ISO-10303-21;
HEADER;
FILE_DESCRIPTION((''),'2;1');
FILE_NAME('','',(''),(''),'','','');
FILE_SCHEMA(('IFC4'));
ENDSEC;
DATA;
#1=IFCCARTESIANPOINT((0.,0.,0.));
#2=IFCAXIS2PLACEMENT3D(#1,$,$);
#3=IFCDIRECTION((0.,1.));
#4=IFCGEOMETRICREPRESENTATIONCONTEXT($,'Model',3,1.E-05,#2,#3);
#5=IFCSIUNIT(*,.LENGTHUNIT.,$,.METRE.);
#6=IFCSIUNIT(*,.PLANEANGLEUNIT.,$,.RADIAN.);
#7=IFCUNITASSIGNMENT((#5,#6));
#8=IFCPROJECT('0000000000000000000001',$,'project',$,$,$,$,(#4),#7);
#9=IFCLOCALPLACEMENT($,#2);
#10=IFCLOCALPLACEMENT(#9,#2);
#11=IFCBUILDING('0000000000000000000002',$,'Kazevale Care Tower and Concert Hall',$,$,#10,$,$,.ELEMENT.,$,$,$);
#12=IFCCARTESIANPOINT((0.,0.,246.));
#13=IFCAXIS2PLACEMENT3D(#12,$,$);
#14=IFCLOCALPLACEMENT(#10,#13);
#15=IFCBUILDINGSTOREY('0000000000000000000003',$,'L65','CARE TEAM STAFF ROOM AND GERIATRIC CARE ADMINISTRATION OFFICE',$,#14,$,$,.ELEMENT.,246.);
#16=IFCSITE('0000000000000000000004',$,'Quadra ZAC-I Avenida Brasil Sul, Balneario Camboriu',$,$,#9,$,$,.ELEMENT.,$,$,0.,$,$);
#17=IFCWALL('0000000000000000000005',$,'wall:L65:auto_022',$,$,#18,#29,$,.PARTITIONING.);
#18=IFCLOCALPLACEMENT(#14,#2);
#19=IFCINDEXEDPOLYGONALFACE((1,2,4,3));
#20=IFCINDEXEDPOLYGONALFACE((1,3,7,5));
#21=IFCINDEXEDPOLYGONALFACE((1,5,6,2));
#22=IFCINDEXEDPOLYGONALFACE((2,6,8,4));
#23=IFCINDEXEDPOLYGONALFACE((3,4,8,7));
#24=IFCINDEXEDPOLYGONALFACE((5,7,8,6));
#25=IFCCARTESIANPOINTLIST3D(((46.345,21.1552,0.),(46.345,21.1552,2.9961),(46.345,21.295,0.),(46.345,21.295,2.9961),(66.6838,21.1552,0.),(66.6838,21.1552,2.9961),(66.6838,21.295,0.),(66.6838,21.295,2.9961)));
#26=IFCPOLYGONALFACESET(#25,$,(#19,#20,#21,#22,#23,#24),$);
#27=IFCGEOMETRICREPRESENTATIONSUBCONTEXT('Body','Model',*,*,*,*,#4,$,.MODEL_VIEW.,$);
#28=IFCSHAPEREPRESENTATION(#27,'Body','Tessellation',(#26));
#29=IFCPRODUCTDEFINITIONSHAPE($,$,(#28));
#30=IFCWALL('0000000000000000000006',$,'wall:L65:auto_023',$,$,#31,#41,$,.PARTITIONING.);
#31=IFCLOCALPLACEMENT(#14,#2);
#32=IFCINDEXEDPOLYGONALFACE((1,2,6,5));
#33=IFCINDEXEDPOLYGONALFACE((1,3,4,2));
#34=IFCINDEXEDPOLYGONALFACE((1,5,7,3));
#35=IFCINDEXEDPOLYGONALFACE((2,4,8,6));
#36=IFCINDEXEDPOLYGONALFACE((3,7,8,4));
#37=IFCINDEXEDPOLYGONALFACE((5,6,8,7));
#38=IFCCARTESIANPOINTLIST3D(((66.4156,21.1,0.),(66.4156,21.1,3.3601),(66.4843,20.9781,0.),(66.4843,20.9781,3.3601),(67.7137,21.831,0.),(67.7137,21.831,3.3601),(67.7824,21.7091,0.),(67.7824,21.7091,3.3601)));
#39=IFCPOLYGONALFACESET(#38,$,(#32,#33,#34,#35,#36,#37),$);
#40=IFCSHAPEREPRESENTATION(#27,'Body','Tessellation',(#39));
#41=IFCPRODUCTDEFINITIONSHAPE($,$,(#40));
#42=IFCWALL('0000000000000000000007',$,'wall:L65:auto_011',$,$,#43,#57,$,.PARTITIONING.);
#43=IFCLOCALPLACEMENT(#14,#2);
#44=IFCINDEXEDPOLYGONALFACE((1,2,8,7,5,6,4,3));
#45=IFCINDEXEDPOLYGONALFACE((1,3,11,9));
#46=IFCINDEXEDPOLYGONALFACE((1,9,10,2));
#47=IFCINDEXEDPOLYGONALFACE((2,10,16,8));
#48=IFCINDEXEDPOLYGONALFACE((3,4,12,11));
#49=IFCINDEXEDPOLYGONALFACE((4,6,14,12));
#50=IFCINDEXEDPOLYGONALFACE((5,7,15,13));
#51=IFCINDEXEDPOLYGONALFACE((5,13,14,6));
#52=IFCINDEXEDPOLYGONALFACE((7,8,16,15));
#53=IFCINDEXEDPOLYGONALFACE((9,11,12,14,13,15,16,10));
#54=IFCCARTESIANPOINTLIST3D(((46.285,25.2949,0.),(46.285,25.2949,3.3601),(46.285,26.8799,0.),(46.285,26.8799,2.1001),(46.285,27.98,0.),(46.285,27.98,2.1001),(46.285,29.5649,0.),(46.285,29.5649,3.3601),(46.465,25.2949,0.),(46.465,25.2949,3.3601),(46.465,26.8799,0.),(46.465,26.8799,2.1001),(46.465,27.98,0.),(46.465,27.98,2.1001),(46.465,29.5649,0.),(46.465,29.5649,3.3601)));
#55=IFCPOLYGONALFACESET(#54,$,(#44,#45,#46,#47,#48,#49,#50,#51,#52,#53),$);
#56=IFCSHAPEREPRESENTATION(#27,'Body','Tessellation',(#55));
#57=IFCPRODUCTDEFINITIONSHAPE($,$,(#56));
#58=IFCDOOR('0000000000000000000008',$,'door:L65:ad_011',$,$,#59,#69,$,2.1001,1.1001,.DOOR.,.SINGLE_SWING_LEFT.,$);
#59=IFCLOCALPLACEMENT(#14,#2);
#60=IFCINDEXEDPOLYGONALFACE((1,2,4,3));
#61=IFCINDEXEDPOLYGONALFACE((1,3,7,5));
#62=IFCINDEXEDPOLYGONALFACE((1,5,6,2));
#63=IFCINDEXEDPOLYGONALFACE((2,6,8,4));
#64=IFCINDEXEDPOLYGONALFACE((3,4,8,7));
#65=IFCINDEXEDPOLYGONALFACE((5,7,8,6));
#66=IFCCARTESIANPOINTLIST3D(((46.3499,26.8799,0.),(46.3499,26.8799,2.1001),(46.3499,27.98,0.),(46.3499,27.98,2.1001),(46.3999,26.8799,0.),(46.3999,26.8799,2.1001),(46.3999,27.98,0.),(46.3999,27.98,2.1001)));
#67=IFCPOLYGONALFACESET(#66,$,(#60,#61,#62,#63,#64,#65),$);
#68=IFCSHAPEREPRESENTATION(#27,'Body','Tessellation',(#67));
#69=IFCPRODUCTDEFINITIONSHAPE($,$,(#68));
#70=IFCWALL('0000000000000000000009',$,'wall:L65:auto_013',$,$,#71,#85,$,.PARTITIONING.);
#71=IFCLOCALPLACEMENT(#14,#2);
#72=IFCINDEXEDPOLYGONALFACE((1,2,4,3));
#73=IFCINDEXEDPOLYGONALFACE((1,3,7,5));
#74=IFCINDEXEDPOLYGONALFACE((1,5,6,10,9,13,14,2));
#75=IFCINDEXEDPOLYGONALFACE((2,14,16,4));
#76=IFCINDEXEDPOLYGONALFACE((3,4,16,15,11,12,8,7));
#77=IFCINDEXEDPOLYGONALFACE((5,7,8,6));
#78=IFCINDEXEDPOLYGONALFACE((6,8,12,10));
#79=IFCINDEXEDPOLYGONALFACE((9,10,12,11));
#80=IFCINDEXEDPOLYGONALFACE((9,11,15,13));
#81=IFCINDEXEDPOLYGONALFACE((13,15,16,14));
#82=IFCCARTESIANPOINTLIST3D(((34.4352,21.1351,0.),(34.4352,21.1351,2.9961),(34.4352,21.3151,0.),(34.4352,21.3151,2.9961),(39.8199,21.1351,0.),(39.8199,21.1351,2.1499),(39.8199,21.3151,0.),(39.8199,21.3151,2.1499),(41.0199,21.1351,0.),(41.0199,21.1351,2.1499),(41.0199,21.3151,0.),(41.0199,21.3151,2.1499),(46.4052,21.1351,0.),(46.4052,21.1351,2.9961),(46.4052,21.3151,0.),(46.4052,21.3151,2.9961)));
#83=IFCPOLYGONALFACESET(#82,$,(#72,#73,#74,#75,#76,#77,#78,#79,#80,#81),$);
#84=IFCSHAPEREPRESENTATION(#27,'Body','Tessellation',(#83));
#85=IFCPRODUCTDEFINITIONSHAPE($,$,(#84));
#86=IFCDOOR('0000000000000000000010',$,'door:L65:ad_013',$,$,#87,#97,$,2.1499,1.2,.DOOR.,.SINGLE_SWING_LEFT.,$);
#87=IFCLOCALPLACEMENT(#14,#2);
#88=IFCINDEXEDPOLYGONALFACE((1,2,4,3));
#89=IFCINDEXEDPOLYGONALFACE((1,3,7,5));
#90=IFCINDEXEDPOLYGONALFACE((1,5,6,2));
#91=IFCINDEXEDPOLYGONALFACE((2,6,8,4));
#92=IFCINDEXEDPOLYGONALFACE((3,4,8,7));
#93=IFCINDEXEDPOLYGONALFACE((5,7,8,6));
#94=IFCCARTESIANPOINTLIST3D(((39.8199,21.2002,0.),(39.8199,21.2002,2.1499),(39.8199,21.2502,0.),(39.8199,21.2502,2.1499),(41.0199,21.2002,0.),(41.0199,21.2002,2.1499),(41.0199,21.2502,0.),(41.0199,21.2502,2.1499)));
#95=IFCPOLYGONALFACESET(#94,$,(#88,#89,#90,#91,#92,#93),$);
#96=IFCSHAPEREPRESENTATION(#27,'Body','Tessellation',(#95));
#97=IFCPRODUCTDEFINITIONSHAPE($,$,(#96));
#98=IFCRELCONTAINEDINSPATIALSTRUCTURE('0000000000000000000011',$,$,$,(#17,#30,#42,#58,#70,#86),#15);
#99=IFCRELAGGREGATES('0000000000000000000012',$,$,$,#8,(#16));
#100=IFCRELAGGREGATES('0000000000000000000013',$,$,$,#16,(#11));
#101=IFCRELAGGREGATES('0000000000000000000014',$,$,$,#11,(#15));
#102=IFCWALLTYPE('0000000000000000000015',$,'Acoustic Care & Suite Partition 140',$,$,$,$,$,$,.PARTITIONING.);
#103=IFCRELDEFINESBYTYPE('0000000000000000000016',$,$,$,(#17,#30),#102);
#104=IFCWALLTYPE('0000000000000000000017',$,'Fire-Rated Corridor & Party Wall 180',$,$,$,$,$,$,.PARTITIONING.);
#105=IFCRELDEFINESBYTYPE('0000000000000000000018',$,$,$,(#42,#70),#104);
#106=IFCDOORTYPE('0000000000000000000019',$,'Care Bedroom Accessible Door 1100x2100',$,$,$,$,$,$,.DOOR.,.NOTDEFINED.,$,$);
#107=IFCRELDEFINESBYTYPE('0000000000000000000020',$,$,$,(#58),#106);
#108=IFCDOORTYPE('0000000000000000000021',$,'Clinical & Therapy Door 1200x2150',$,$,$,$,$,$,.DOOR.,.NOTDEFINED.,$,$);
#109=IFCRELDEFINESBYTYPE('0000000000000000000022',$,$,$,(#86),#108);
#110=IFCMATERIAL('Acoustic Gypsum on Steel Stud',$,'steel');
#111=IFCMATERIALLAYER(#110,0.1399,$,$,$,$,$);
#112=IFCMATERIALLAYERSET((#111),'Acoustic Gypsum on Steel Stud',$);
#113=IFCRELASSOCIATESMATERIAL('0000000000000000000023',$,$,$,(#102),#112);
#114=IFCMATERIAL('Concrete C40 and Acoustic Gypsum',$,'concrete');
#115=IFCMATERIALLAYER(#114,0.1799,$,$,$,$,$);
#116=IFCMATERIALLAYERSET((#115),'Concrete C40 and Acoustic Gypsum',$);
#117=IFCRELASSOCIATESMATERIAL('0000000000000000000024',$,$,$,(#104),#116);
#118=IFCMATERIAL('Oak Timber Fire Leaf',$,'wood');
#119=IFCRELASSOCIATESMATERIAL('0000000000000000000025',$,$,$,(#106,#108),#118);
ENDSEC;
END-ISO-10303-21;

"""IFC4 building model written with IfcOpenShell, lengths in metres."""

from ifc_helpers import new_model, si_unit, direction, frame, frame_2d, origin, place, context, subcontext, project, spatial, rectangle, extrude, material, layer, layer_set, type_object, element, fill, save


model = new_model("IFC4")

# Units and contexts
model_context = context("Model", 3, precision=1e-05, world=origin(), true_north=direction((0.0, 1.0)))
body_context = subcontext(model_context, "Body", "Model", "MODEL_VIEW")
ifc_project = project(units=[si_unit("LENGTHUNIT", "METRE"), si_unit("PLANEANGLEUNIT", "RADIAN")], contexts=[model_context])

# Site, building, storey
site_placement = place(None, origin())
site = spatial("IfcSite", under=ifc_project, at=site_placement, Name="Quadra ZAC-I Avenida Brasil Sul, Balneario Camboriu", CompositionType="ELEMENT", RefElevation=0.0)
building_placement = place(site_placement, origin())
building = spatial("IfcBuilding", under=site, at=building_placement, Name="Kazevale Care Tower and Concert Hall", CompositionType="ELEMENT")
storey_placement = place(building_placement, frame((0.0, 0.0, 246.0)))
storey = spatial("IfcBuildingStorey", under=building, at=storey_placement, Name="L65", Description="CARE TEAM STAFF ROOM AND GERIATRIC CARE ADMINISTRATION OFFICE", CompositionType="ELEMENT", Elevation=246.0)

# Walls
ifc_material_1 = material(Name="Acoustic Gypsum on Steel Stud", Category="steel")
ifc_layer_1 = layer(ifc_material_1, 0.1399)
ifc_layer_set_1 = layer_set([ifc_layer_1], Name="Acoustic Gypsum on Steel Stud")
wall_type_1 = type_object("IfcWallType", Name="Acoustic Care & Suite Partition 140", PredefinedType="PARTITIONING", material=ifc_layer_set_1)
wall_1_placement = place(storey_placement, frame((66.6838, 21.2251, 0.0), z_axis=(0.0, 0.0, 1.0), x_axis=(-1.0, 0.0, 0.0)))
element("IfcWall", 1, at=wall_1_placement, inside=storey, type_object=wall_type_1, Name="wall:L65:auto_022", PredefinedType="PARTITIONING", context=body_context, shape_type="SweptSolid", body=[
    extrude(rectangle(XDim=20.3389, YDim=0.1399, at=frame_2d((10.1694, 0.0))), origin(), (0.0, 0.0, 1.0), 2.9961),
])
wall_2_placement = place(storey_placement, frame((67.748, 21.77, 0.0), z_axis=(0.0, 0.0, 1.0), x_axis=(-0.871352, -0.490658, 0.0)))
element("IfcWall", 2, at=wall_2_placement, inside=storey, type_object=wall_type_1, Name="wall:L65:auto_023", PredefinedType="PARTITIONING", context=body_context, shape_type="SweptSolid", body=[
    extrude(rectangle(XDim=1.4897, YDim=0.1399, at=frame_2d((0.7449, 0.0))), origin(), (0.0, 0.0, 1.0), 3.3601),
])

# Walls, openings, doors
ifc_material_2 = material(Name="Concrete C40 and Acoustic Gypsum", Category="concrete")
ifc_layer_2 = layer(ifc_material_2, 0.1799)
ifc_layer_set_2 = layer_set([ifc_layer_2], Name="Concrete C40 and Acoustic Gypsum")
wall_type_2 = type_object("IfcWallType", Name="Fire-Rated Corridor & Party Wall 180", PredefinedType="PARTITIONING", material=ifc_layer_set_2)
wall_3_placement = place(storey_placement, frame((46.375, 29.5649, 0.0), z_axis=(0.0, 0.0, 1.0), x_axis=(0.0, -1.0, 0.0)))
wall_3 = element("IfcWall", 3, at=wall_3_placement, inside=storey, type_object=wall_type_2, Name="wall:L65:auto_011", PredefinedType="PARTITIONING", context=body_context, shape_type="SweptSolid", body=[
    extrude(rectangle(XDim=4.27, YDim=0.1799, at=frame_2d((2.135, 0.0))), origin(), (0.0, 0.0, 1.0), 3.3601),
])
opening_1_placement = place(wall_3_placement, frame((1.585, 0.0, 0.0)))
opening_1 = element("IfcOpeningElement", 4, at=opening_1_placement, cuts=wall_3, PredefinedType="OPENING", context=body_context, shape_type="SweptSolid", body=[
    extrude(rectangle(XDim=1.1001, YDim=2.1001, at=frame_2d((0.55, 1.05))), frame((0.0, 0.0999, 0.0), z_axis=(0.0, -1.0, 0.0), x_axis=(1.0, 0.0, 0.0)), (0.0, 0.0, 1.0), 0.2),
])
ifc_material_3 = material(Name="Oak Timber Fire Leaf", Category="wood")
door_type_1 = type_object("IfcDoorType", Name="Care Bedroom Accessible Door 1100x2100", OperationType="NOTDEFINED", PredefinedType="DOOR", material=ifc_material_3)
door_1_placement = place(opening_1_placement, origin())
door_1 = element("IfcDoor", 5, at=door_1_placement, inside=storey, type_object=door_type_1, Name="door:L65:ad_011", OperationType="SINGLE_SWING_LEFT", OverallHeight=2.1001, OverallWidth=1.1001, PredefinedType="DOOR", context=body_context, shape_type="SweptSolid", body=[
    extrude(rectangle(XDim=1.1001, YDim=2.1001, at=frame_2d((0.55, 1.05))), frame((0.0, 0.0249, 0.0), z_axis=(0.0, -1.0, 0.0), x_axis=(1.0, 0.0, 0.0)), (0.0, 0.0, 1.0), 0.05),
])
fill(opening_1, door_1)
wall_4_placement = place(storey_placement, frame((46.405, 21.2251, 0.0), z_axis=(0.0, 0.0, 1.0), x_axis=(-1.0, 0.0, 0.0)))
wall_4 = element("IfcWall", 6, at=wall_4_placement, inside=storey, type_object=wall_type_2, Name="wall:L65:auto_013", PredefinedType="PARTITIONING", context=body_context, shape_type="SweptSolid", body=[
    extrude(rectangle(XDim=11.97, YDim=0.1799, at=frame_2d((5.9849, 0.0))), origin(), (0.0, 0.0, 1.0), 2.9961),
])
opening_2_placement = place(wall_4_placement, frame((5.385, 0.0, 0.0)))
opening_2 = element("IfcOpeningElement", 7, at=opening_2_placement, cuts=wall_4, PredefinedType="OPENING", context=body_context, shape_type="SweptSolid", body=[
    extrude(rectangle(XDim=1.2, YDim=2.1499, at=frame_2d((0.6001, 1.075))), frame((0.0, 0.0999, 0.0), z_axis=(0.0, -1.0, 0.0), x_axis=(1.0, 0.0, 0.0)), (0.0, 0.0, 1.0), 0.2),
])
door_type_2 = type_object("IfcDoorType", Name="Clinical & Therapy Door 1200x2150", OperationType="NOTDEFINED", PredefinedType="DOOR", material=ifc_material_3)
door_2_placement = place(opening_2_placement, origin())
door_2 = element("IfcDoor", 8, at=door_2_placement, inside=storey, type_object=door_type_2, Name="door:L65:ad_013", OperationType="SINGLE_SWING_LEFT", OverallHeight=2.1499, OverallWidth=1.2, PredefinedType="DOOR", context=body_context, shape_type="SweptSolid", body=[
    extrude(rectangle(XDim=1.2, YDim=2.1499, at=frame_2d((0.6001, 1.075))), frame((0.0, 0.0249, 0.0), z_axis=(0.0, -1.0, 0.0), x_axis=(1.0, 0.0, 0.0)), (0.0, 0.0, 1.0), 0.05),
])
fill(opening_2, door_2)

save(model, "model.ifc")
